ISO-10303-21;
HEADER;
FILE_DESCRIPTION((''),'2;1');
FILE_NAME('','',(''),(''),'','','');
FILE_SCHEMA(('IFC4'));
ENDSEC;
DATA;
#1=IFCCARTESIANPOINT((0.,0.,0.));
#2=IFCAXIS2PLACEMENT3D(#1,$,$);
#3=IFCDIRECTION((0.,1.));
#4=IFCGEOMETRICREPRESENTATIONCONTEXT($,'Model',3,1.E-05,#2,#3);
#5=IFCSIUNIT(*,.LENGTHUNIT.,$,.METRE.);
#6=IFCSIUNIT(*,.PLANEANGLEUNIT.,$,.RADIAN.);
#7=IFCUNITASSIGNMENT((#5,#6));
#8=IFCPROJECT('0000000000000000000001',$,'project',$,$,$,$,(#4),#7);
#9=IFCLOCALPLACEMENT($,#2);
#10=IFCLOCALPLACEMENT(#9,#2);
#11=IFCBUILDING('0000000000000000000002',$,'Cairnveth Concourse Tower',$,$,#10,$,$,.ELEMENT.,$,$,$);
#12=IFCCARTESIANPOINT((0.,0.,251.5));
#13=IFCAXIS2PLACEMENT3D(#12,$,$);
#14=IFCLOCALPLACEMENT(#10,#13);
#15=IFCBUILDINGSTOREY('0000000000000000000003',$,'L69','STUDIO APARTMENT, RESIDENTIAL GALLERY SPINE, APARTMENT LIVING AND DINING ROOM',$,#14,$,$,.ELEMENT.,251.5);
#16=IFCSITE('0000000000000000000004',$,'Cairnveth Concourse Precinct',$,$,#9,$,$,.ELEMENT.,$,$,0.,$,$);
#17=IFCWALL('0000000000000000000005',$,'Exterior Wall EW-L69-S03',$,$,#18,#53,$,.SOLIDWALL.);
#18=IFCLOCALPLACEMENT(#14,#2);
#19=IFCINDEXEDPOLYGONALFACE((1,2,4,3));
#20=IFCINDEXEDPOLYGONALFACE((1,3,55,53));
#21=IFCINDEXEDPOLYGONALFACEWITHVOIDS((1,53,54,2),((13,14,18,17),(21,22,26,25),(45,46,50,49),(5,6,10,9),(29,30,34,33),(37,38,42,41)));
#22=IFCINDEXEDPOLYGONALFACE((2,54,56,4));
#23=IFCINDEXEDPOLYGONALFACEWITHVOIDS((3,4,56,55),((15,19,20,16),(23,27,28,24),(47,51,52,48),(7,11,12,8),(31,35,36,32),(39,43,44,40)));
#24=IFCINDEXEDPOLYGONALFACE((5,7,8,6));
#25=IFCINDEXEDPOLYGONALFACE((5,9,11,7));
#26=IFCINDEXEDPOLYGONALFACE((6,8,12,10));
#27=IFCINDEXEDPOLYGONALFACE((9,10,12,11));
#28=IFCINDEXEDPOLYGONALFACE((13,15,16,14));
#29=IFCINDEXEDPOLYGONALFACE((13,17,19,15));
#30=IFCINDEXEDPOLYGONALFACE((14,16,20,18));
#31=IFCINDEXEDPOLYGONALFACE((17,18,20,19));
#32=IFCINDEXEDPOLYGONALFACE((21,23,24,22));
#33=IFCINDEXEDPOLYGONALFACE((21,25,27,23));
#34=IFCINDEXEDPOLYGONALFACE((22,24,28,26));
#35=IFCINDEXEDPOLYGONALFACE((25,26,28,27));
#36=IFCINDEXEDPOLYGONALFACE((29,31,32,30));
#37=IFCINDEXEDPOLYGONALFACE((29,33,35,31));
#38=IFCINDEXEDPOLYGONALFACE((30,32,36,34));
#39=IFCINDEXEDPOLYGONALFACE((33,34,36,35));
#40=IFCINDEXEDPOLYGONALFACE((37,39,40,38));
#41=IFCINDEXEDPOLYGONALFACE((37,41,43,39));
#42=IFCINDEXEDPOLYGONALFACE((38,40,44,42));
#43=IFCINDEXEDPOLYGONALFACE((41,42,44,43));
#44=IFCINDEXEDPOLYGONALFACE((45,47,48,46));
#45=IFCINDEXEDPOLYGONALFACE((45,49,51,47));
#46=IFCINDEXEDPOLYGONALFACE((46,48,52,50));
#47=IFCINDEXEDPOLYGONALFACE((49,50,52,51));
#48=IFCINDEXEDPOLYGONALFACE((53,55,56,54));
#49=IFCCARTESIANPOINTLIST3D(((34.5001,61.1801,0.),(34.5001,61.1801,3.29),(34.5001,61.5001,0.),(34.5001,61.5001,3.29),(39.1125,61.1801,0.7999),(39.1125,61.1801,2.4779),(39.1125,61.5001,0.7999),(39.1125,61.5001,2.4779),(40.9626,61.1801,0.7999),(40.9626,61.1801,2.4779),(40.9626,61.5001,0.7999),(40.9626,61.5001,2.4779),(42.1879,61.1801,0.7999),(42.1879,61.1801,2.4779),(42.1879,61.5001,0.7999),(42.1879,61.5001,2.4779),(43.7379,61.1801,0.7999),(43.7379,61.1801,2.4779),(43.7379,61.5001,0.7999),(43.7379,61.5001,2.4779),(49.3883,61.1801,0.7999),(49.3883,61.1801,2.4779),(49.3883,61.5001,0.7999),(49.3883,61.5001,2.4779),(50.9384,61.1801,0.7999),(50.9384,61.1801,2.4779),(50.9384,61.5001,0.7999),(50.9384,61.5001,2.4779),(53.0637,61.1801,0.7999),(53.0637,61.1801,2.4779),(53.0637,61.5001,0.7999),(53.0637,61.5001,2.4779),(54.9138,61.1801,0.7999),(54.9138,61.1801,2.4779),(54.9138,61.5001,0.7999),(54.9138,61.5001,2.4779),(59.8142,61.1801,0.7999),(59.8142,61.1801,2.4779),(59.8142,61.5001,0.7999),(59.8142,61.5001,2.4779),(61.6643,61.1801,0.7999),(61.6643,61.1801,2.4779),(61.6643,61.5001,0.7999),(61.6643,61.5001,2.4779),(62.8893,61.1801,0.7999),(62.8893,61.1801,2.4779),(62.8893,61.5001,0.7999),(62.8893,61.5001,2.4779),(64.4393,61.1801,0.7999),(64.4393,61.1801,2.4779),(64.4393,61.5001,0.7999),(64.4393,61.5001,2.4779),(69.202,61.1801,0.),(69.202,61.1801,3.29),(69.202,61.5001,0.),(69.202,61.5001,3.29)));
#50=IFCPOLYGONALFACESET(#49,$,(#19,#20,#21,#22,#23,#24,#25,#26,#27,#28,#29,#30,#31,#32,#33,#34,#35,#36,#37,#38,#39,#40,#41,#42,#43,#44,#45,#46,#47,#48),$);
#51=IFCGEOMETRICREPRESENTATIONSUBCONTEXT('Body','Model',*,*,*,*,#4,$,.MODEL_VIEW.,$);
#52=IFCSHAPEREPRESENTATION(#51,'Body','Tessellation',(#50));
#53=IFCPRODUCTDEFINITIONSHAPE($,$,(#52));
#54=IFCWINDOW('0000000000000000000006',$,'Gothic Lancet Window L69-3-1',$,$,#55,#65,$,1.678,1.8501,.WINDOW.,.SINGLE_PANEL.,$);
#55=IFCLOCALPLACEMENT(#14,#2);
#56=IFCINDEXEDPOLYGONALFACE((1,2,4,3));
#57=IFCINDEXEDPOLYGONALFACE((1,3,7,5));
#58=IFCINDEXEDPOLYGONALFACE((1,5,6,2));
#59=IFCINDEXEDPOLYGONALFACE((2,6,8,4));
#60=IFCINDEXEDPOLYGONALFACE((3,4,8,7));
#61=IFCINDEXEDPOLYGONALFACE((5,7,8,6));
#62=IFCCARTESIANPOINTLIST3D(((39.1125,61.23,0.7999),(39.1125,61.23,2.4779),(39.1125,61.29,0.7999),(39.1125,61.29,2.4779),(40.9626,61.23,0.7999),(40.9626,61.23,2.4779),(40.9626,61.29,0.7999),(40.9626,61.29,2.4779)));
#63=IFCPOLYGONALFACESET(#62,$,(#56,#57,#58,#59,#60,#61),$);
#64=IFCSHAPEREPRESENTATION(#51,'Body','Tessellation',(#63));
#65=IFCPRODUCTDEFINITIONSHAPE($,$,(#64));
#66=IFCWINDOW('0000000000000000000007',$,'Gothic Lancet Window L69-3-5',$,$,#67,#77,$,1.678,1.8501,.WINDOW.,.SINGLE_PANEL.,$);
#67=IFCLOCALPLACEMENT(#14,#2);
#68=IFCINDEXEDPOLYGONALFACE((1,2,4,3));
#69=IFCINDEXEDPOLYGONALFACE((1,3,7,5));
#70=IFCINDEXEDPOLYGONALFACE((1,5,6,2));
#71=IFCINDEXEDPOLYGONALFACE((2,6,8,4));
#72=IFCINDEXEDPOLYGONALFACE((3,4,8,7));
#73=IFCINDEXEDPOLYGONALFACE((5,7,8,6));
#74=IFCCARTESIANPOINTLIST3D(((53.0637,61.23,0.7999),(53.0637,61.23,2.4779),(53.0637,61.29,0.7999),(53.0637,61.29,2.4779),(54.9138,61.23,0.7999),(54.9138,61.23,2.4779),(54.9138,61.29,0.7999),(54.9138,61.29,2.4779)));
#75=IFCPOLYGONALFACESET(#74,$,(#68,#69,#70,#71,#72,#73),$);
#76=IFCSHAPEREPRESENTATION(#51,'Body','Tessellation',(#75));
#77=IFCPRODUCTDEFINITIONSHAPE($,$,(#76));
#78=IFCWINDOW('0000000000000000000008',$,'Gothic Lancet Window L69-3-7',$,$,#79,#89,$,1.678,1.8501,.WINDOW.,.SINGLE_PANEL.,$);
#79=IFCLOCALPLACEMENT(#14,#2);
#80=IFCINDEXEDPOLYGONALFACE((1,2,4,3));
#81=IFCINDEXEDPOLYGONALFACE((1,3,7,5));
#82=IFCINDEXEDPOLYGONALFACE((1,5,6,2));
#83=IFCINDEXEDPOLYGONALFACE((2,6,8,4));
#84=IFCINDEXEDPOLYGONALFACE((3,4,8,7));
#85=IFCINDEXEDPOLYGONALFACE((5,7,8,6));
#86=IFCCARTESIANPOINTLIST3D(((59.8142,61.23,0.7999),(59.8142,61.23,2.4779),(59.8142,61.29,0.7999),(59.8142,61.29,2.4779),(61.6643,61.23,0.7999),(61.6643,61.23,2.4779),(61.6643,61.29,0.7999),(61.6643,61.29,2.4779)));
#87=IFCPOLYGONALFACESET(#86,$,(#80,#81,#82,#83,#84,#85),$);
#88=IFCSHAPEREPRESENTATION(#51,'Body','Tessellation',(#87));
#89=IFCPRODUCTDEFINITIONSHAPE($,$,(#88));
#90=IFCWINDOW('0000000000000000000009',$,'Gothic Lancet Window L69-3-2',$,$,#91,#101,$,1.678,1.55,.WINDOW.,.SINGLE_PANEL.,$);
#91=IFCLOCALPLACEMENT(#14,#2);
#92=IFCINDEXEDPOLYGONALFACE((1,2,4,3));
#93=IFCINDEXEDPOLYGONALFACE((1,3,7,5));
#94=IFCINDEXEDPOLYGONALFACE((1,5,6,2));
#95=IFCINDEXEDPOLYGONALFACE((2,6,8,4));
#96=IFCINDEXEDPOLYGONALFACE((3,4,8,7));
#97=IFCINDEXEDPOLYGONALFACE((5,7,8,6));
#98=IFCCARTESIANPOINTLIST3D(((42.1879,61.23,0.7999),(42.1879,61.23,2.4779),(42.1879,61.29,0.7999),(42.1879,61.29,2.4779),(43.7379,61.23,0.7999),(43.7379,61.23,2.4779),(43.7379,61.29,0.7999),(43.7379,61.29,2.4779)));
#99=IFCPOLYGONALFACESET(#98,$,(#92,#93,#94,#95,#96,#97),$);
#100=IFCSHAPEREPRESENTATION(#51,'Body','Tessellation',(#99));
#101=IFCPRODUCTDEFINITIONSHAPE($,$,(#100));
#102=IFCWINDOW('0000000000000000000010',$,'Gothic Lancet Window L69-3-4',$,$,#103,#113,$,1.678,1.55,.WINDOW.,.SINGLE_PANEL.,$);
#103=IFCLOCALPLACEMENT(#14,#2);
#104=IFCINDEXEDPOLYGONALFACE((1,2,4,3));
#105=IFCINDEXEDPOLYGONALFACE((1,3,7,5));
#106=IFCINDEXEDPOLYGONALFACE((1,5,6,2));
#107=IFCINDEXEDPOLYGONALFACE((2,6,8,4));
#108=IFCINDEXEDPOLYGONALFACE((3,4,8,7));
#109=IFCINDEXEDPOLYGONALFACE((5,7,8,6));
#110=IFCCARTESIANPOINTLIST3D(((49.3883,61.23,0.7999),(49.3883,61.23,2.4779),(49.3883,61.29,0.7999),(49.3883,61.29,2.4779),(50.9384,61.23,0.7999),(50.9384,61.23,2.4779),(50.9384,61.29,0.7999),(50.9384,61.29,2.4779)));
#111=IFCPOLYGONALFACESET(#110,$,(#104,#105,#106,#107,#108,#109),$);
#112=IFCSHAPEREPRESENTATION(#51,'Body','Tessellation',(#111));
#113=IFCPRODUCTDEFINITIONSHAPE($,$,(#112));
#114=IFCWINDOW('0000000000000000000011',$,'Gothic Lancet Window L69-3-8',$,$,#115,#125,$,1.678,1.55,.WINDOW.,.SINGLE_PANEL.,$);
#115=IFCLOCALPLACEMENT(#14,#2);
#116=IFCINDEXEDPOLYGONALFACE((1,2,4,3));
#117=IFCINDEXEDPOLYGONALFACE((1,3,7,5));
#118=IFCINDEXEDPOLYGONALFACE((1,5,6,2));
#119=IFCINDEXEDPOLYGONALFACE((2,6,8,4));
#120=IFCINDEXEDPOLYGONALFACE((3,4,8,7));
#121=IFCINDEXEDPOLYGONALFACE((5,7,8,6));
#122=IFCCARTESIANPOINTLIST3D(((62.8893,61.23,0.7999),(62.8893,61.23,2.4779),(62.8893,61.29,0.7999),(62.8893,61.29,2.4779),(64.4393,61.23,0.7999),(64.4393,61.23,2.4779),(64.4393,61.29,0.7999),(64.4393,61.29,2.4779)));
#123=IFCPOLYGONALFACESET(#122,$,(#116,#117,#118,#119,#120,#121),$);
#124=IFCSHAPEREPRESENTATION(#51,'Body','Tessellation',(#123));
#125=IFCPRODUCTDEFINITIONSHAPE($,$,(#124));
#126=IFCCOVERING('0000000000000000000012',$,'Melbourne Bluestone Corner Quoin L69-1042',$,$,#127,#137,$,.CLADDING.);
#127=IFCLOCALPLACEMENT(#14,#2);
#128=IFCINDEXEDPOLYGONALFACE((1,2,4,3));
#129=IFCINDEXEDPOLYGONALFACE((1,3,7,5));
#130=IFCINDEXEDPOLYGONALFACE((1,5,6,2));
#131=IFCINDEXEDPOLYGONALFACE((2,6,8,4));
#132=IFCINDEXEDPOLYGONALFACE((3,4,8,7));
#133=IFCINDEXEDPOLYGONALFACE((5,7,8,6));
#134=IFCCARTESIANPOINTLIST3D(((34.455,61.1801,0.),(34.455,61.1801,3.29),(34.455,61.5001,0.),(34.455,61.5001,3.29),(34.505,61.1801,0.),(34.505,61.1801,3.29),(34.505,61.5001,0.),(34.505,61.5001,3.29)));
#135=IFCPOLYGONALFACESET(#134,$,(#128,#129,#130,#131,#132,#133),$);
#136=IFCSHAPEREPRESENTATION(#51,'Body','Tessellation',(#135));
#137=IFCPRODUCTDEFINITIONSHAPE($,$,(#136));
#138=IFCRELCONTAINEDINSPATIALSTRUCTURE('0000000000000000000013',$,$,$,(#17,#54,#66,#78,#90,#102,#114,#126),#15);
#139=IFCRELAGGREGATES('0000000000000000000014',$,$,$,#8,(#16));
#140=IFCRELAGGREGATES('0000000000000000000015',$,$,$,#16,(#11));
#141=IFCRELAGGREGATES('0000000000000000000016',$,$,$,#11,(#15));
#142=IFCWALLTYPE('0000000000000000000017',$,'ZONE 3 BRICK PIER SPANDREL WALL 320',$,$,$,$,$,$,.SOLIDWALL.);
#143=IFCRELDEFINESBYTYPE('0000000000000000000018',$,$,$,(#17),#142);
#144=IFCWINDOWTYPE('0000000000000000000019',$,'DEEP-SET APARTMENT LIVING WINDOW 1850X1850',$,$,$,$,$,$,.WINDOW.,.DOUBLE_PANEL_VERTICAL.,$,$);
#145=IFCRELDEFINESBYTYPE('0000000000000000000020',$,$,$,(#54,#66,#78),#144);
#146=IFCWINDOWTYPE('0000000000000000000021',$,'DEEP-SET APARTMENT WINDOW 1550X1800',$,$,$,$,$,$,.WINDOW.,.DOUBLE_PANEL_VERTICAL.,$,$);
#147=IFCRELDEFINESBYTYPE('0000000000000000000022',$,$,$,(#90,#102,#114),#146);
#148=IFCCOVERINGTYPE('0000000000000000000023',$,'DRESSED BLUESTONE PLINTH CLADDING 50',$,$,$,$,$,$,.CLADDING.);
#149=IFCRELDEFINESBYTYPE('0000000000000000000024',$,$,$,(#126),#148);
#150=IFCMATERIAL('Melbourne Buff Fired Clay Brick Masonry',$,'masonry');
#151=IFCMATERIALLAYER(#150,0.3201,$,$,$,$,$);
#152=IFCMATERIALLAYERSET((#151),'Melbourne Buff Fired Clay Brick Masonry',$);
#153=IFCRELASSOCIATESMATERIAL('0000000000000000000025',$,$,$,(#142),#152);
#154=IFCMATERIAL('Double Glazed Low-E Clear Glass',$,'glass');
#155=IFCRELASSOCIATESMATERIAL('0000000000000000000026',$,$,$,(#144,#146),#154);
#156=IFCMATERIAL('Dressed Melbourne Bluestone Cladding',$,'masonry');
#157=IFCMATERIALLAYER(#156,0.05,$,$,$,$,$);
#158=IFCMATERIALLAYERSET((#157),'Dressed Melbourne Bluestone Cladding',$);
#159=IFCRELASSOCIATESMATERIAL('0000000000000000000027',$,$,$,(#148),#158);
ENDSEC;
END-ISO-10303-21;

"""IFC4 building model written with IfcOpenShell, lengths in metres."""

from ifc_helpers import new_model, si_unit, direction, frame, frame_2d, origin, place, context, subcontext, project, spatial, rectangle, extrude, material, layer, layer_set, type_object, element, fill, save


model = new_model("IFC4")

# Units and contexts
model_context = context("Model", 3, precision=1e-05, world=origin(), true_north=direction((0.0, 1.0)))
body_context = subcontext(model_context, "Body", "Model", "MODEL_VIEW")
ifc_project = project(units=[si_unit("LENGTHUNIT", "METRE"), si_unit("PLANEANGLEUNIT", "RADIAN")], contexts=[model_context])

# Site, building, storey
site_placement = place(None, origin())
site = spatial("IfcSite", under=ifc_project, at=site_placement, Name="Cairnveth Concourse Precinct", CompositionType="ELEMENT", RefElevation=0.0)
building_placement = place(site_placement, origin())
building = spatial("IfcBuilding", under=site, at=building_placement, Name="Cairnveth Concourse Tower", CompositionType="ELEMENT")
storey_placement = place(building_placement, frame((0.0, 0.0, 251.5)))
storey = spatial("IfcBuildingStorey", under=building, at=storey_placement, Name="L69", Description="STUDIO APARTMENT, RESIDENTIAL GALLERY SPINE, APARTMENT LIVING AND DINING ROOM", CompositionType="ELEMENT", Elevation=251.5)

# Wall, openings, windows
ifc_material_1 = material(Name="Melbourne Buff Fired Clay Brick Masonry", Category="masonry")
ifc_layer_1 = layer(ifc_material_1, 0.3201)
ifc_layer_set_1 = layer_set([ifc_layer_1], Name="Melbourne Buff Fired Clay Brick Masonry")
wall_type = type_object("IfcWallType", Name="ZONE 3 BRICK PIER SPANDREL WALL 320", PredefinedType="SOLIDWALL", material=ifc_layer_set_1)
wall_placement = place(storey_placement, frame((34.5, 61.3401, 0.0), z_axis=(0.0, 0.0, 1.0), x_axis=(1.0, 0.0, 0.0)))
wall = element("IfcWall", 1, at=wall_placement, inside=storey, type_object=wall_type, Name="Exterior Wall EW-L69-S03", PredefinedType="SOLIDWALL", context=body_context, shape_type="SweptSolid", body=[
    extrude(rectangle(XDim=34.7019, YDim=0.3201, at=frame_2d((17.3511, 0.0))), origin(), (0.0, 0.0, 1.0), 3.29),
])
opening_1_placement = place(wall_placement, frame((4.6125, 0.0, 0.8)))
opening_1 = element("IfcOpeningElement", 2, at=opening_1_placement, cuts=wall, PredefinedType="OPENING", context=body_context, shape_type="SweptSolid", body=[
    extrude(rectangle(XDim=1.8501, YDim=1.678, at=frame_2d((0.925, 0.8389))), frame((0.0, 0.1699, 0.0), z_axis=(0.0, -1.0, 0.0), x_axis=(1.0, 0.0, 0.0)), (0.0, 0.0, 1.0), 0.3401),
])
opening_2_placement = place(wall_placement, frame((7.688, 0.0, 0.8)))
opening_2 = element("IfcOpeningElement", 3, at=opening_2_placement, cuts=wall, PredefinedType="OPENING", context=body_context, shape_type="SweptSolid", body=[
    extrude(rectangle(XDim=1.55, YDim=1.678, at=frame_2d((0.7749, 0.8389))), frame((0.0, 0.1699, 0.0), z_axis=(0.0, -1.0, 0.0), x_axis=(1.0, 0.0, 0.0)), (0.0, 0.0, 1.0), 0.3401),
])
opening_3_placement = place(wall_placement, frame((14.8884, 0.0, 0.8)))
opening_3 = element("IfcOpeningElement", 4, at=opening_3_placement, cuts=wall, PredefinedType="OPENING", context=body_context, shape_type="SweptSolid", body=[
    extrude(rectangle(XDim=1.55, YDim=1.678, at=frame_2d((0.7749, 0.8389))), frame((0.0, 0.1699, 0.0), z_axis=(0.0, -1.0, 0.0), x_axis=(1.0, 0.0, 0.0)), (0.0, 0.0, 1.0), 0.3401),
])
opening_4_placement = place(wall_placement, frame((18.5637, 0.0, 0.8)))
opening_4 = element("IfcOpeningElement", 5, at=opening_4_placement, cuts=wall, PredefinedType="OPENING", context=body_context, shape_type="SweptSolid", body=[
    extrude(rectangle(XDim=1.8501, YDim=1.678, at=frame_2d((0.925, 0.8389))), frame((0.0, 0.1699, 0.0), z_axis=(0.0, -1.0, 0.0), x_axis=(1.0, 0.0, 0.0)), (0.0, 0.0, 1.0), 0.3401),
])
opening_5_placement = place(wall_placement, frame((25.3142, 0.0, 0.8)))
opening_5 = element("IfcOpeningElement", 6, at=opening_5_placement, cuts=wall, PredefinedType="OPENING", context=body_context, shape_type="SweptSolid", body=[
    extrude(rectangle(XDim=1.8501, YDim=1.678, at=frame_2d((0.925, 0.8389))), frame((0.0, 0.1699, 0.0), z_axis=(0.0, -1.0, 0.0), x_axis=(1.0, 0.0, 0.0)), (0.0, 0.0, 1.0), 0.3401),
])
opening_6_placement = place(wall_placement, frame((28.3894, 0.0, 0.8)))
opening_6 = element("IfcOpeningElement", 7, at=opening_6_placement, cuts=wall, PredefinedType="OPENING", context=body_context, shape_type="SweptSolid", body=[
    extrude(rectangle(XDim=1.55, YDim=1.678, at=frame_2d((0.7749, 0.8389))), frame((0.0, 0.1699, 0.0), z_axis=(0.0, -1.0, 0.0), x_axis=(1.0, 0.0, 0.0)), (0.0, 0.0, 1.0), 0.3401),
])
ifc_material_2 = material(Name="Double Glazed Low-E Clear Glass", Category="glass")
window_type_1 = type_object("IfcWindowType", Name="DEEP-SET APARTMENT LIVING WINDOW 1850X1850", PartitioningType="DOUBLE_PANEL_VERTICAL", PredefinedType="WINDOW", material=ifc_material_2)
window_1_placement = place(opening_1_placement, origin())
window_1 = element("IfcWindow", 8, at=window_1_placement, inside=storey, type_object=window_type_1, Name="Gothic Lancet Window L69-3-1", OverallHeight=1.678, OverallWidth=1.8501, PartitioningType="SINGLE_PANEL", PredefinedType="WINDOW", context=body_context, shape_type="SweptSolid", body=[
    extrude(rectangle(XDim=1.8501, YDim=1.678, at=frame_2d((0.925, 0.8389))), frame((0.0, -0.05, 0.0), z_axis=(0.0, -1.0, 0.0), x_axis=(1.0, 0.0, 0.0)), (0.0, 0.0, 1.0), 0.0601),
])
fill(opening_1, window_1)
window_2_placement = place(opening_4_placement, origin())
window_2 = element("IfcWindow", 9, at=window_2_placement, inside=storey, type_object=window_type_1, Name="Gothic Lancet Window L69-3-5", OverallHeight=1.678, OverallWidth=1.8501, PartitioningType="SINGLE_PANEL", PredefinedType="WINDOW", context=body_context, shape_type="SweptSolid", body=[
    extrude(rectangle(XDim=1.8501, YDim=1.678, at=frame_2d((0.925, 0.8389))), frame((0.0, -0.05, 0.0), z_axis=(0.0, -1.0, 0.0), x_axis=(1.0, 0.0, 0.0)), (0.0, 0.0, 1.0), 0.0601),
])
fill(opening_4, window_2)
window_3_placement = place(opening_5_placement, origin())
window_3 = element("IfcWindow", 10, at=window_3_placement, inside=storey, type_object=window_type_1, Name="Gothic Lancet Window L69-3-7", OverallHeight=1.678, OverallWidth=1.8501, PartitioningType="SINGLE_PANEL", PredefinedType="WINDOW", context=body_context, shape_type="SweptSolid", body=[
    extrude(rectangle(XDim=1.8501, YDim=1.678, at=frame_2d((0.925, 0.8389))), frame((0.0, -0.05, 0.0), z_axis=(0.0, -1.0, 0.0), x_axis=(1.0, 0.0, 0.0)), (0.0, 0.0, 1.0), 0.0601),
])
fill(opening_5, window_3)
window_type_2 = type_object("IfcWindowType", Name="DEEP-SET APARTMENT WINDOW 1550X1800", PartitioningType="DOUBLE_PANEL_VERTICAL", PredefinedType="WINDOW", material=ifc_material_2)
window_4_placement = place(opening_2_placement, origin())
window_4 = element("IfcWindow", 11, at=window_4_placement, inside=storey, type_object=window_type_2, Name="Gothic Lancet Window L69-3-2", OverallHeight=1.678, OverallWidth=1.55, PartitioningType="SINGLE_PANEL", PredefinedType="WINDOW", context=body_context, shape_type="SweptSolid", body=[
    extrude(rectangle(XDim=1.55, YDim=1.678, at=frame_2d((0.7749, 0.8389))), frame((0.0, -0.05, 0.0), z_axis=(0.0, -1.0, 0.0), x_axis=(1.0, 0.0, 0.0)), (0.0, 0.0, 1.0), 0.0601),
])
fill(opening_2, window_4)
window_5_placement = place(opening_3_placement, origin())
window_5 = element("IfcWindow", 12, at=window_5_placement, inside=storey, type_object=window_type_2, Name="Gothic Lancet Window L69-3-4", OverallHeight=1.678, OverallWidth=1.55, PartitioningType="SINGLE_PANEL", PredefinedType="WINDOW", context=body_context, shape_type="SweptSolid", body=[
    extrude(rectangle(XDim=1.55, YDim=1.678, at=frame_2d((0.7749, 0.8389))), frame((0.0, -0.05, 0.0), z_axis=(0.0, -1.0, 0.0), x_axis=(1.0, 0.0, 0.0)), (0.0, 0.0, 1.0), 0.0601),
])
fill(opening_3, window_5)
window_6_placement = place(opening_6_placement, origin())
window_6 = element("IfcWindow", 13, at=window_6_placement, inside=storey, type_object=window_type_2, Name="Gothic Lancet Window L69-3-8", OverallHeight=1.678, OverallWidth=1.55, PartitioningType="SINGLE_PANEL", PredefinedType="WINDOW", context=body_context, shape_type="SweptSolid", body=[
    extrude(rectangle(XDim=1.55, YDim=1.678, at=frame_2d((0.7749, 0.8389))), frame((0.0, -0.05, 0.0), z_axis=(0.0, -1.0, 0.0), x_axis=(1.0, 0.0, 0.0)), (0.0, 0.0, 1.0), 0.0601),
])
fill(opening_6, window_6)

# Covering
ifc_material_3 = material(Name="Dressed Melbourne Bluestone Cladding", Category="masonry")
ifc_layer_2 = layer(ifc_material_3, 0.05)
ifc_layer_set_2 = layer_set([ifc_layer_2], Name="Dressed Melbourne Bluestone Cladding")
covering_type = type_object("IfcCoveringType", Name="DRESSED BLUESTONE PLINTH CLADDING 50", PredefinedType="CLADDING", material=ifc_layer_set_2)
covering_placement = place(storey_placement, frame((34.48, 61.1799, 0.0), z_axis=(0.0, 0.0, 1.0), x_axis=(0.0, 1.0, 0.0)))
element("IfcCovering", 14, at=covering_placement, inside=storey, type_object=covering_type, Name="Melbourne Bluestone Corner Quoin L69-1042", PredefinedType="CLADDING", context=body_context, shape_type="SweptSolid", body=[
    extrude(rectangle(XDim=0.3201, YDim=0.05, at=frame_2d((0.1602, 0.0))), origin(), (0.0, 0.0, 1.0), 3.29),
])

save(model, "model.ifc")
